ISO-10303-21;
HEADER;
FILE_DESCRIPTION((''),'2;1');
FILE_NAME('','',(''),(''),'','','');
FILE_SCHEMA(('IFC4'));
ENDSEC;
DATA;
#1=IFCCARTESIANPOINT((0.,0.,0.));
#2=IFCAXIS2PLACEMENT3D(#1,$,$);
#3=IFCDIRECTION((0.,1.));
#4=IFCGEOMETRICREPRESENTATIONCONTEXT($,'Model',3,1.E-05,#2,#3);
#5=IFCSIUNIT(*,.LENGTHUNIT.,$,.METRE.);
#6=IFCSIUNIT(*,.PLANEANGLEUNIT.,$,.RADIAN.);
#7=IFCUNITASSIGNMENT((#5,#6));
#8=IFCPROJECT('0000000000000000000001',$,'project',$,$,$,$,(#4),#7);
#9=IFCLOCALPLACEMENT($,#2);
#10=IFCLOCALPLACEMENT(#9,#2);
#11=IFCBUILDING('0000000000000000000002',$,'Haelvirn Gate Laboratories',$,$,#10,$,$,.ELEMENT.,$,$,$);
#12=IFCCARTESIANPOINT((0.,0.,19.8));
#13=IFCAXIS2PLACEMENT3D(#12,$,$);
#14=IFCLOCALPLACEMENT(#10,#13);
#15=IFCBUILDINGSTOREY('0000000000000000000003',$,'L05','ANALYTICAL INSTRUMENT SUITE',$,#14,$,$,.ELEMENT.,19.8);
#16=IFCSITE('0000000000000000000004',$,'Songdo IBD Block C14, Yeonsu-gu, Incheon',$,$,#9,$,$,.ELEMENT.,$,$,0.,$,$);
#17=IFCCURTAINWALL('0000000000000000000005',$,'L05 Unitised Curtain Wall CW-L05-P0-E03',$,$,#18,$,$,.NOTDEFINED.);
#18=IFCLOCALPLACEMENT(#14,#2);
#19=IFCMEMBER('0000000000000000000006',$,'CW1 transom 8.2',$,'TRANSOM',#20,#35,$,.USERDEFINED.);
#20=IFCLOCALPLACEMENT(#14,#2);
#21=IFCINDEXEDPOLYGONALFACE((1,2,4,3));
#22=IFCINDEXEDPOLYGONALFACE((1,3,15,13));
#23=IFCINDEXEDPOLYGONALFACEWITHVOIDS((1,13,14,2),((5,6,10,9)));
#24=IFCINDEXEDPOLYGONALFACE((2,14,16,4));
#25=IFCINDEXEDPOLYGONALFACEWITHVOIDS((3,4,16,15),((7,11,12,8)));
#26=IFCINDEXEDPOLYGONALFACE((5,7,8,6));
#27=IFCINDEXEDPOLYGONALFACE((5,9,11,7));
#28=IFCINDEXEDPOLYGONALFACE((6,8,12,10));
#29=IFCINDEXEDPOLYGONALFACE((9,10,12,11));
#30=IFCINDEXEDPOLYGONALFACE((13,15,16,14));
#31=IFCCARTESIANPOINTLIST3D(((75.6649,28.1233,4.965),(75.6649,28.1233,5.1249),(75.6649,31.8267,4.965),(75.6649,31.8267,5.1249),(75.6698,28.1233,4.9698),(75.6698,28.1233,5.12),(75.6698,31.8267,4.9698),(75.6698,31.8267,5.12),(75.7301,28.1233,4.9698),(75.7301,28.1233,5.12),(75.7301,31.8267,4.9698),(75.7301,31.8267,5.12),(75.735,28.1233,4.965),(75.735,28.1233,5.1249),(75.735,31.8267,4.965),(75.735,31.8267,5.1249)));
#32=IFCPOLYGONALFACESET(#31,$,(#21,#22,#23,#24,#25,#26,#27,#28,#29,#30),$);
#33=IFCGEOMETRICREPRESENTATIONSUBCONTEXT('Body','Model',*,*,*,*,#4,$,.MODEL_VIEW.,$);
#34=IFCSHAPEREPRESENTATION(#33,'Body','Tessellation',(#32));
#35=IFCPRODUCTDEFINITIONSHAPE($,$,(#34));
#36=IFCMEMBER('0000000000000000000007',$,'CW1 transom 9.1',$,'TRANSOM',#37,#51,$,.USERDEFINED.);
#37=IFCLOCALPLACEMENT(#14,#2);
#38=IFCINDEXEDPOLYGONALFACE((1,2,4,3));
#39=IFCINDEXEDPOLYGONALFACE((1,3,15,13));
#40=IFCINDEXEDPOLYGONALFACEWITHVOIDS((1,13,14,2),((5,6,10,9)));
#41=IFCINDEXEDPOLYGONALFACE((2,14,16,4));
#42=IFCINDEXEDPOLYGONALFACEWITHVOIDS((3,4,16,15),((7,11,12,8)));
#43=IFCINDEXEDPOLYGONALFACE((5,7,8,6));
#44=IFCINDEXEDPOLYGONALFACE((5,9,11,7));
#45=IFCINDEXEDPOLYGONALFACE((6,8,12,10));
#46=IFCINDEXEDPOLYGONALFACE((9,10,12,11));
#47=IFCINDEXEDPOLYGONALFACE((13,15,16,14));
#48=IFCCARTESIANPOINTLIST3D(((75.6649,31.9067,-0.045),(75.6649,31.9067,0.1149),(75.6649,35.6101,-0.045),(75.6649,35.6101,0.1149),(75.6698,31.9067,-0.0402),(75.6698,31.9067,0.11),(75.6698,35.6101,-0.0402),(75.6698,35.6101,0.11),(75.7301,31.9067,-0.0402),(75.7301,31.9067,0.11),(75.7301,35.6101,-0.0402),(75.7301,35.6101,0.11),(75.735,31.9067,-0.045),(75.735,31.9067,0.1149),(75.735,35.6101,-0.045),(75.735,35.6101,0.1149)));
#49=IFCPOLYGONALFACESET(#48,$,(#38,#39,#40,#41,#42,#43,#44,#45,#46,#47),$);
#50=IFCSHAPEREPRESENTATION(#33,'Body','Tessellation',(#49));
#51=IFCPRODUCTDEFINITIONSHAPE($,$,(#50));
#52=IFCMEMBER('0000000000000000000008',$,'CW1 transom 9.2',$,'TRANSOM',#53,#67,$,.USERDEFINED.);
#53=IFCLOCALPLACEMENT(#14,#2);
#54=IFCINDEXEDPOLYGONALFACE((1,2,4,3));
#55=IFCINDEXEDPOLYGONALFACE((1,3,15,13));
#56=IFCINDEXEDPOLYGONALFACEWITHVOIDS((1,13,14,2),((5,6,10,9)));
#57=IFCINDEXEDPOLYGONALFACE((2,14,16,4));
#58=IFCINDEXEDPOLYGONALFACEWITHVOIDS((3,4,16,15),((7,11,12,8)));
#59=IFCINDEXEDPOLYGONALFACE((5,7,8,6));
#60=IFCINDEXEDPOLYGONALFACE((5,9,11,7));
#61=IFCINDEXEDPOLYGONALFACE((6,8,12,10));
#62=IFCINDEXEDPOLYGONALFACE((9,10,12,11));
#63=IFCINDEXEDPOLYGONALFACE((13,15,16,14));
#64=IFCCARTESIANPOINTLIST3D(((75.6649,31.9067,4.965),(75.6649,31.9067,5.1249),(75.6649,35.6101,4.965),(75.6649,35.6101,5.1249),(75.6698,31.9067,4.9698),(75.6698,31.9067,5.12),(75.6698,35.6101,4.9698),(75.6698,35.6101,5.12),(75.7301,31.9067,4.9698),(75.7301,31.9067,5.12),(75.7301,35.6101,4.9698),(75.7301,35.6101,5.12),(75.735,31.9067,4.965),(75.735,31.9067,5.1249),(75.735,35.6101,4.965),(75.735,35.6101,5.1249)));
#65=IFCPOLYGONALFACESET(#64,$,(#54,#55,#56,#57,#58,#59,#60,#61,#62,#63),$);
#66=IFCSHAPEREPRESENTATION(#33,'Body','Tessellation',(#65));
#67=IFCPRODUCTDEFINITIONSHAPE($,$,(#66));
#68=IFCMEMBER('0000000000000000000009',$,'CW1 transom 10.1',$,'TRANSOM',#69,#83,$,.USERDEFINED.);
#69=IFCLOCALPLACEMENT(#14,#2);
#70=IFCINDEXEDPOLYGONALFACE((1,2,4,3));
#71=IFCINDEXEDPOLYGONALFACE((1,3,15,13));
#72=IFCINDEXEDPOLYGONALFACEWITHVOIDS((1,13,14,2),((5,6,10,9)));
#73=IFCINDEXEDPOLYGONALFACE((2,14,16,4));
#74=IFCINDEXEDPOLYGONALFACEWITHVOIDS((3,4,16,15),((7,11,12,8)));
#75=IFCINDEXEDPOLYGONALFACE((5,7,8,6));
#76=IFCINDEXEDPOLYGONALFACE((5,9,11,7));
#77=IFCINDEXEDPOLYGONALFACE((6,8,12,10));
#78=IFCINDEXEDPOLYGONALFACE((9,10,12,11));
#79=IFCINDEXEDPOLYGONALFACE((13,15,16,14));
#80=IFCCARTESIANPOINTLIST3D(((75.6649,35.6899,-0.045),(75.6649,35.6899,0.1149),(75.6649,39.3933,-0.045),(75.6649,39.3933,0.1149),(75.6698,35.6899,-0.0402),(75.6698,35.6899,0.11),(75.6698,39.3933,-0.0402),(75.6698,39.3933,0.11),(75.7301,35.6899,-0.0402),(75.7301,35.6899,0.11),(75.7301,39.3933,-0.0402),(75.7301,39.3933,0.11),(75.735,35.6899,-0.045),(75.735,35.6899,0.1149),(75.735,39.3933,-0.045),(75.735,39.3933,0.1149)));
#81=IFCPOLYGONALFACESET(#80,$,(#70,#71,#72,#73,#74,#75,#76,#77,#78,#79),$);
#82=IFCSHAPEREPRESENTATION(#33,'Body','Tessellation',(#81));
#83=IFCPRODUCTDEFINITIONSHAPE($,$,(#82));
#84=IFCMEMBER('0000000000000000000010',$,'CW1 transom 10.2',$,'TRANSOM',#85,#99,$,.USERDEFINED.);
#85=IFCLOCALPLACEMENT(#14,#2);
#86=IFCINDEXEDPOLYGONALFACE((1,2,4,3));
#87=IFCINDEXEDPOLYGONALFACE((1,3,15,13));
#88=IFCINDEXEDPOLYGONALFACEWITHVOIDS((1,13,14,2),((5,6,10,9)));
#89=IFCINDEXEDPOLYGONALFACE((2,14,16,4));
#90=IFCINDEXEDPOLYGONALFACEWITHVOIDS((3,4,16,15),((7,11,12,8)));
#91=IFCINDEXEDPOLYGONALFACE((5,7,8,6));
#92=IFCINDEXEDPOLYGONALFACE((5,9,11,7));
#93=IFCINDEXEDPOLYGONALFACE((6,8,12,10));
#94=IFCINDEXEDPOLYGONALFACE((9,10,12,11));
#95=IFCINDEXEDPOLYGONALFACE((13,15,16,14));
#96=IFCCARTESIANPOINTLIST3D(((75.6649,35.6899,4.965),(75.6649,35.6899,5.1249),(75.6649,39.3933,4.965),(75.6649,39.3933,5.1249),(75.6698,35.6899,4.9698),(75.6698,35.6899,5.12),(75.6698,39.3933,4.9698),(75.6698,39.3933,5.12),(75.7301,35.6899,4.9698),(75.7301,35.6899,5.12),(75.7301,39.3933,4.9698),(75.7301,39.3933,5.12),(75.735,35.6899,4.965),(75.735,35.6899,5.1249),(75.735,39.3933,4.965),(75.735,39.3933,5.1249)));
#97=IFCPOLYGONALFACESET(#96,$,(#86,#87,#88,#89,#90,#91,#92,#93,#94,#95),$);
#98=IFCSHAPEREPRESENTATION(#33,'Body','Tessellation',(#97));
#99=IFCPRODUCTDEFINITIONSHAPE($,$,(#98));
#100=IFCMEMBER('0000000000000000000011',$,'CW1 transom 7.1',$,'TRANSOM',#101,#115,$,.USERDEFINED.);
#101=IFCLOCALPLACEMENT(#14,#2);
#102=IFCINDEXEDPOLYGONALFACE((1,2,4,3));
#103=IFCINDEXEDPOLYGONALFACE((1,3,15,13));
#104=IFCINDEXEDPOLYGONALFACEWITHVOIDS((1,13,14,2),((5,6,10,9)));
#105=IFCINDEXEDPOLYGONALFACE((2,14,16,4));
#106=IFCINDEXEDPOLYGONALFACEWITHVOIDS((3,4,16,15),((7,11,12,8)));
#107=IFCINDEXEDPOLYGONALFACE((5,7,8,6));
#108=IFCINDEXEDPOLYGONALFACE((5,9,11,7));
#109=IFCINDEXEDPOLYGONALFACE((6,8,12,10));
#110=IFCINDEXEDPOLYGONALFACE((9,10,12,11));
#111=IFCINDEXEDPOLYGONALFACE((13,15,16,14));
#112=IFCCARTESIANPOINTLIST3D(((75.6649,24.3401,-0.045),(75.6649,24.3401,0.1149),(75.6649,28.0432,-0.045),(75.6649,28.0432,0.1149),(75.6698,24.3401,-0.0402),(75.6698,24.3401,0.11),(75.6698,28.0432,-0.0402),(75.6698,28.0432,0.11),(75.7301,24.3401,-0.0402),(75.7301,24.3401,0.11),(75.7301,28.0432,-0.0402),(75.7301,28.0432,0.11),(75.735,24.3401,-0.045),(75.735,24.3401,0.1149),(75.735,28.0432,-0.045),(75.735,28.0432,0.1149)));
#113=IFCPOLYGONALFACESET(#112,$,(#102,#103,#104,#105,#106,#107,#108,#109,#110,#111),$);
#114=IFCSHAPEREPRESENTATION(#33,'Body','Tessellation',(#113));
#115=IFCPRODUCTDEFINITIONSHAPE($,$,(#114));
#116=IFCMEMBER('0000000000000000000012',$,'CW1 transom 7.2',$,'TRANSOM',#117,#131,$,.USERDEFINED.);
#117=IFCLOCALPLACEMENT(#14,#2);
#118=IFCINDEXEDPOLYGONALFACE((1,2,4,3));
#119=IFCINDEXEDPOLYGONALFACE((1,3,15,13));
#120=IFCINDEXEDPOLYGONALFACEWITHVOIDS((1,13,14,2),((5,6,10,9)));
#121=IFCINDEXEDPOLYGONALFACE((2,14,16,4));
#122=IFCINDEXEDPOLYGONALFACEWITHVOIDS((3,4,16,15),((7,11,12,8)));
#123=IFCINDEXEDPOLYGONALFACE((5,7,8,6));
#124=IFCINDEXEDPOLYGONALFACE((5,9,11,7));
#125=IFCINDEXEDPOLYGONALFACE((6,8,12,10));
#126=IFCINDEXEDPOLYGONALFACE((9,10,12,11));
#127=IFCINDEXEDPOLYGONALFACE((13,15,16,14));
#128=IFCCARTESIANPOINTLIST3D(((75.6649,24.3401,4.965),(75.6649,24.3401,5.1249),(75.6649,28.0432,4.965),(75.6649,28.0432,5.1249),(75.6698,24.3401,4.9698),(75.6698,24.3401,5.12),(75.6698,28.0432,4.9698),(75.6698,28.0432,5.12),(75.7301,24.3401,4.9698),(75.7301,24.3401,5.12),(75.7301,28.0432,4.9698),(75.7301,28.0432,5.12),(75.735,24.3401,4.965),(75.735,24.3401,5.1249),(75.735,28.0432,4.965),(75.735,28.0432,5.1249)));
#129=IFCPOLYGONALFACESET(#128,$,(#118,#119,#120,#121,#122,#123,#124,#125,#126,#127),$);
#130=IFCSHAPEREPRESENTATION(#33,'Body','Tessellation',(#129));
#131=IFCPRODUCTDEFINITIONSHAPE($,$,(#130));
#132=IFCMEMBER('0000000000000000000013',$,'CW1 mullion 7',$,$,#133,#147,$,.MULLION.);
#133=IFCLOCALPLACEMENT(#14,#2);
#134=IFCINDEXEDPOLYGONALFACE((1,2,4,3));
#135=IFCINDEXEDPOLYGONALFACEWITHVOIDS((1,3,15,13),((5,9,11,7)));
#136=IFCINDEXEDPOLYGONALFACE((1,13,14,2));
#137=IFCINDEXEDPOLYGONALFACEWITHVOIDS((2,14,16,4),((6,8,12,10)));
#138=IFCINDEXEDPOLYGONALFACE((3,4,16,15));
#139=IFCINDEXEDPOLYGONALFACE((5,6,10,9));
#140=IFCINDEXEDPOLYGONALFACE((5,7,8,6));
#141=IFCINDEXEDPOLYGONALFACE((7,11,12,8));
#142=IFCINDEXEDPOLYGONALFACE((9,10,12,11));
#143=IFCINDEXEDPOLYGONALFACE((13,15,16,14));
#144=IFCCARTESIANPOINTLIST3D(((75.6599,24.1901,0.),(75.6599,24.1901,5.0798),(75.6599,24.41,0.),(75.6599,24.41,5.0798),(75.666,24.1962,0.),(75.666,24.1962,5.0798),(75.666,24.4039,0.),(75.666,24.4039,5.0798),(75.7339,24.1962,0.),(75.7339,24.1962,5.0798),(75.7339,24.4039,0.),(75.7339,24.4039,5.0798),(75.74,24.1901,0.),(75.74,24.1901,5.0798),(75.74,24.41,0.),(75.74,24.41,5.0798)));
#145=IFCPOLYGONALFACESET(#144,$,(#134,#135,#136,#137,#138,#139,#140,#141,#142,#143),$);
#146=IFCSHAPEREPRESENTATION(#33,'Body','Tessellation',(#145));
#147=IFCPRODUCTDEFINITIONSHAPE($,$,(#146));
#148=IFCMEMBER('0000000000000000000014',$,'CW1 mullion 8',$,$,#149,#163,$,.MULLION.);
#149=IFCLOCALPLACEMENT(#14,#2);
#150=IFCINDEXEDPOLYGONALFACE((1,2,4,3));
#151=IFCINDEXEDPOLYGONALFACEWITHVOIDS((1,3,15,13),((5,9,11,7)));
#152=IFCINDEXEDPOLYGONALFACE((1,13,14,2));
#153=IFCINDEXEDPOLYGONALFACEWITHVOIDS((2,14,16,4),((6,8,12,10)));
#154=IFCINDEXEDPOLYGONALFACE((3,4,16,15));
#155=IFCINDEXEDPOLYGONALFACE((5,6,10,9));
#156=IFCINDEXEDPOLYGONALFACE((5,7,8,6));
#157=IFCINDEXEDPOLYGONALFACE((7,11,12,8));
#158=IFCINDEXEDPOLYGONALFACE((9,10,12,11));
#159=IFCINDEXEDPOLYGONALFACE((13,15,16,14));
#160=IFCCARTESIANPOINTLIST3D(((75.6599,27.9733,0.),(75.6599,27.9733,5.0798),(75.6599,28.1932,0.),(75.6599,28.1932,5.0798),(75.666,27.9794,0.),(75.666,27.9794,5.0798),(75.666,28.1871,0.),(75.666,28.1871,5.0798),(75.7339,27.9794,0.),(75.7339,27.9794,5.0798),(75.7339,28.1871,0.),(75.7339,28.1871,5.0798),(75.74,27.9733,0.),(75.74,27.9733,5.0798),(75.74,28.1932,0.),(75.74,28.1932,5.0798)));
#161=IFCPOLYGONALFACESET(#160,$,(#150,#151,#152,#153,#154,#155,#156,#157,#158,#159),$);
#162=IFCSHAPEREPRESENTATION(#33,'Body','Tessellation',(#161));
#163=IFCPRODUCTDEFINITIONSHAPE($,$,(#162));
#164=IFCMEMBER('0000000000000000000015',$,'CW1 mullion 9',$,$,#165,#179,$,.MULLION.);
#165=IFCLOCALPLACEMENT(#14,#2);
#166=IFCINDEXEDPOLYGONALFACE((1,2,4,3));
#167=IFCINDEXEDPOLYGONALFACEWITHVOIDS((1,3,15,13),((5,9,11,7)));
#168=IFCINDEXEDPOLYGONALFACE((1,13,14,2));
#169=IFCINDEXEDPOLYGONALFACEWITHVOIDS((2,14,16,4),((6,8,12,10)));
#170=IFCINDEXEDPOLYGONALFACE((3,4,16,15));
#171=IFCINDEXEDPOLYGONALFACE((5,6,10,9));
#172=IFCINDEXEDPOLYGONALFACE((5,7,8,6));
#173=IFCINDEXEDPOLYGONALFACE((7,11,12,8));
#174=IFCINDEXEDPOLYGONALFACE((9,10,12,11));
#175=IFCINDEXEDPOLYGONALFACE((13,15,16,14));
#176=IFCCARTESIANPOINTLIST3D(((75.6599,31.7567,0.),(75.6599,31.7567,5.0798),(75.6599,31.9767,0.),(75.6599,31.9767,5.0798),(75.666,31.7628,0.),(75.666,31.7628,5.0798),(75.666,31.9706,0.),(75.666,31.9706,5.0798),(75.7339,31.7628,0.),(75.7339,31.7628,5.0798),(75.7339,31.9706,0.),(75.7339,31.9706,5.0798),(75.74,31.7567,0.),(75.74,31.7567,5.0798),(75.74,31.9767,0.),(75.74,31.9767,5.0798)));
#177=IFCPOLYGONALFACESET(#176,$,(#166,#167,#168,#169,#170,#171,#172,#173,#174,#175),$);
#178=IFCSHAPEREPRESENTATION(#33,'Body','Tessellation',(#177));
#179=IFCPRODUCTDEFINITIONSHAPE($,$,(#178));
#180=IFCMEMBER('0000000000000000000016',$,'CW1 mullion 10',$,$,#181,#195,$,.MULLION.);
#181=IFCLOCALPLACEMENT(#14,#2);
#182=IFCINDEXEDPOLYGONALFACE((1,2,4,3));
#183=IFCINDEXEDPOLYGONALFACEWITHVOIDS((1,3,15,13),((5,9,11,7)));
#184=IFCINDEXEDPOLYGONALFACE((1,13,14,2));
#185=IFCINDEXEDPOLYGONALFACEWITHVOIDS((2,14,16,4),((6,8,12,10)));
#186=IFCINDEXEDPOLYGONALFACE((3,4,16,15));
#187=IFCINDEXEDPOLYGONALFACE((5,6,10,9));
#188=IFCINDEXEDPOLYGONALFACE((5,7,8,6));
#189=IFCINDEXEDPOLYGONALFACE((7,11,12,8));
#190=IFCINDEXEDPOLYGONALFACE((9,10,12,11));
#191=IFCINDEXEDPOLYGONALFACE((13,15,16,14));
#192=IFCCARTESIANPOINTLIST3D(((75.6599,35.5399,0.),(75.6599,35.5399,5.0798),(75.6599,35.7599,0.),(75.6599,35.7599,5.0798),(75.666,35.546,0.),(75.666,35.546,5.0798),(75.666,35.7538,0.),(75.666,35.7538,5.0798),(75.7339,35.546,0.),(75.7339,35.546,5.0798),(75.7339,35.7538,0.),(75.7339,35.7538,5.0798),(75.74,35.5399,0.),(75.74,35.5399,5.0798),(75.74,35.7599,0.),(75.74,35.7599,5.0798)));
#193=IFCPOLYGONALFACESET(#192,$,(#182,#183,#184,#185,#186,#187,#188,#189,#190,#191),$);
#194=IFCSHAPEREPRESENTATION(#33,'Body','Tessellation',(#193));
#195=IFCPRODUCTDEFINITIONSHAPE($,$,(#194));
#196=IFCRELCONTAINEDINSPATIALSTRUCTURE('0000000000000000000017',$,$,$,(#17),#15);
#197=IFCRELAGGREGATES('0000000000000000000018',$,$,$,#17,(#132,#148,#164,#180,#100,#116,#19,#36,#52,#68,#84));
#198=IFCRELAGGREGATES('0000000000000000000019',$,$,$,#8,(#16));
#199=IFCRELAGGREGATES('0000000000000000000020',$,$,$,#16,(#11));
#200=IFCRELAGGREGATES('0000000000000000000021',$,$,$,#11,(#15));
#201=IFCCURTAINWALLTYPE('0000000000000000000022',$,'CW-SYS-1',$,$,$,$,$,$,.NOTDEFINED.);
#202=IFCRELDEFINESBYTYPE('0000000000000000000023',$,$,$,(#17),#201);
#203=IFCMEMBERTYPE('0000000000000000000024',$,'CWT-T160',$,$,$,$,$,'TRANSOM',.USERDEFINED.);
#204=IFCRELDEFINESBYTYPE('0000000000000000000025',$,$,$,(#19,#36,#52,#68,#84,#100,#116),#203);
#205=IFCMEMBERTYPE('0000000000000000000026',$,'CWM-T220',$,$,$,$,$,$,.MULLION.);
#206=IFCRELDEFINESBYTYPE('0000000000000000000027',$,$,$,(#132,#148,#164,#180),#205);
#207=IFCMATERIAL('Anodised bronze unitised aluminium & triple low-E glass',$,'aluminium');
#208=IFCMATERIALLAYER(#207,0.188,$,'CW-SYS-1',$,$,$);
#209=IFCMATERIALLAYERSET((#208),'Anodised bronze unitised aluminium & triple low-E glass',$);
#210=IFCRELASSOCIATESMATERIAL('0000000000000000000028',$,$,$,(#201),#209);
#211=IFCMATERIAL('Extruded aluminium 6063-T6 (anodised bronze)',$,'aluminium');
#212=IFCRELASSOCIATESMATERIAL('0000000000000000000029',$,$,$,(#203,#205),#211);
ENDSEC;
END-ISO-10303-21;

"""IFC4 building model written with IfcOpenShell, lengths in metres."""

from ifc_helpers import new_model, si_unit, direction, frame, origin, origin_2d, place, context, subcontext, project, spatial, hollow_rectangle, extrude, source, transform, mapped, material, layer, layer_set, material_profile, profile_set, type_object, type_shapes, element, aggregate, save


model = new_model("IFC4")

# Units and contexts
model_context = context("Model", 3, precision=1e-05, world=origin(), true_north=direction((0.0, 1.0)))
body_context = subcontext(model_context, "Body", "Model", "MODEL_VIEW")
ifc_project = project(units=[si_unit("LENGTHUNIT", "METRE"), si_unit("PLANEANGLEUNIT", "RADIAN")], contexts=[model_context])

# Site, building, storey
site_placement = place(None, origin())
site = spatial("IfcSite", under=ifc_project, at=site_placement, Name="Songdo IBD Block C14, Yeonsu-gu, Incheon", CompositionType="ELEMENT", RefElevation=0.0)
building_placement = place(site_placement, origin())
building = spatial("IfcBuilding", under=site, at=building_placement, Name="Haelvirn Gate Laboratories", CompositionType="ELEMENT")
storey_placement = place(building_placement, frame((0.0, 0.0, 19.8)))
storey = spatial("IfcBuildingStorey", under=building, at=storey_placement, Name="L05", Description="ANALYTICAL INSTRUMENT SUITE", CompositionType="ELEMENT", Elevation=19.8)

# Curtain wall, members
ifc_material_1 = material(Name="Anodised bronze unitised aluminium & triple low-E glass", Category="aluminium")
ifc_layer_1 = layer(ifc_material_1, 0.188, Name="CW-SYS-1")
ifc_layer_set_1 = layer_set([ifc_layer_1], Name="Anodised bronze unitised aluminium & triple low-E glass")
curtain_wall_type = type_object("IfcCurtainWallType", Name="CW-SYS-1", PredefinedType="NOTDEFINED", material=ifc_layer_set_1)
curtain_wall_placement = place(storey_placement, origin())
curtain_wall = element("IfcCurtainWall", 1, at=curtain_wall_placement, inside=storey, type_object=curtain_wall_type, Name="L05 Unitised Curtain Wall CW-L05-P0-E03", PredefinedType="NOTDEFINED")
ifc_material_2 = material(Name="Extruded aluminium 6063-T6 (anodised bronze)", Category="aluminium")
ifc_material_profile_1 = material_profile(ifc_material_2, hollow_rectangle(XDim=0.0701, YDim=0.1599, WallThickness=0.0049, at=origin_2d()), Name="CWT-160x70x5")
ifc_profile_set_1 = profile_set([ifc_material_profile_1], Name="Extruded aluminium 6063-T6 (anodised bronze)")
member_type_1 = type_object("IfcMemberType", Name="CWT-T160", ElementType="TRANSOM", PredefinedType="USERDEFINED", material=ifc_profile_set_1)
shared_shape_1 = source(origin(), body_context, "Body", "SweptSolid", [
    extrude(hollow_rectangle(XDim=0.0701, YDim=0.1599, WallThickness=0.0049, at=origin_2d()), origin(), (0.0, 0.0, 1.0), 3.7034),
])
member_1_placement = place(storey_placement, frame((75.7, 28.1233, 5.0449), z_axis=(0.0, 1.0, 0.0), x_axis=(-1.0, 0.0, 0.0)))
member_1 = element("IfcMember", 2, at=member_1_placement, type_object=member_type_1, Name="CW1 transom 8.2", ObjectType="TRANSOM", PredefinedType="USERDEFINED", context=body_context, shape_type="MappedRepresentation", body=[
    mapped(shared_shape_1, transform((0.0, 0.0, 0.0), scale=1.0)),
])
member_2_placement = place(storey_placement, frame((75.7, 31.9067, 0.0349), z_axis=(0.0, 1.0, 0.0), x_axis=(-1.0, 0.0, 0.0)))
member_2 = element("IfcMember", 3, at=member_2_placement, type_object=member_type_1, Name="CW1 transom 9.1", ObjectType="TRANSOM", PredefinedType="USERDEFINED", context=body_context, shape_type="MappedRepresentation", body=[
    mapped(shared_shape_1, transform((0.0, 0.0, 0.0), scale=1.0)),
])
member_3_placement = place(storey_placement, frame((75.7, 31.9067, 5.0449), z_axis=(0.0, 1.0, 0.0), x_axis=(-1.0, 0.0, 0.0)))
member_3 = element("IfcMember", 4, at=member_3_placement, type_object=member_type_1, Name="CW1 transom 9.2", ObjectType="TRANSOM", PredefinedType="USERDEFINED", context=body_context, shape_type="MappedRepresentation", body=[
    mapped(shared_shape_1, transform((0.0, 0.0, 0.0), scale=1.0)),
])
member_4_placement = place(storey_placement, frame((75.7, 35.6899, 0.0349), z_axis=(0.0, 1.0, 0.0), x_axis=(-1.0, 0.0, 0.0)))
member_4 = element("IfcMember", 5, at=member_4_placement, type_object=member_type_1, Name="CW1 transom 10.1", ObjectType="TRANSOM", PredefinedType="USERDEFINED", context=body_context, shape_type="MappedRepresentation", body=[
    mapped(shared_shape_1, transform((0.0, 0.0, 0.0), scale=1.0)),
])
member_5_placement = place(storey_placement, frame((75.7, 35.6899, 5.0449), z_axis=(0.0, 1.0, 0.0), x_axis=(-1.0, 0.0, 0.0)))
member_5 = element("IfcMember", 6, at=member_5_placement, type_object=member_type_1, Name="CW1 transom 10.2", ObjectType="TRANSOM", PredefinedType="USERDEFINED", context=body_context, shape_type="MappedRepresentation", body=[
    mapped(shared_shape_1, transform((0.0, 0.0, 0.0), scale=1.0)),
])
shared_shape_2 = source(origin(), body_context, "Body", "SweptSolid", [
    extrude(hollow_rectangle(XDim=0.0701, YDim=0.1599, WallThickness=0.0049, at=origin_2d()), origin(), (0.0, 0.0, 1.0), 3.7031),
])
type_shapes(member_type_1, [shared_shape_1, shared_shape_2])
member_6_placement = place(storey_placement, frame((75.7, 24.3401, 0.0349), z_axis=(0.0, 1.0, 0.0), x_axis=(-1.0, 0.0, 0.0)))
member_6 = element("IfcMember", 7, at=member_6_placement, type_object=member_type_1, Name="CW1 transom 7.1", ObjectType="TRANSOM", PredefinedType="USERDEFINED", context=body_context, shape_type="MappedRepresentation", body=[
    mapped(shared_shape_2, transform((0.0, 0.0, 0.0), scale=1.0)),
])
member_7_placement = place(storey_placement, frame((75.7, 24.3401, 5.0449), z_axis=(0.0, 1.0, 0.0), x_axis=(-1.0, 0.0, 0.0)))
member_7 = element("IfcMember", 8, at=member_7_placement, type_object=member_type_1, Name="CW1 transom 7.2", ObjectType="TRANSOM", PredefinedType="USERDEFINED", context=body_context, shape_type="MappedRepresentation", body=[
    mapped(shared_shape_2, transform((0.0, 0.0, 0.0), scale=1.0)),
])
ifc_material_profile_2 = material_profile(ifc_material_2, hollow_rectangle(XDim=0.0801, YDim=0.22, WallThickness=0.0061, at=origin_2d()), Name="CWM-220x80x6")
ifc_profile_set_2 = profile_set([ifc_material_profile_2], Name="Extruded aluminium 6063-T6 (anodised bronze)")
member_type_2 = type_object("IfcMemberType", Name="CWM-T220", PredefinedType="MULLION", material=ifc_profile_set_2)
shared_shape_3 = source(origin(), body_context, "Body", "SweptSolid", [
    extrude(hollow_rectangle(XDim=0.0801, YDim=0.22, WallThickness=0.0061, at=origin_2d()), origin(), (0.0, 0.0, 1.0), 5.0798),
])
type_shapes(member_type_2, [shared_shape_3])
member_8_placement = place(storey_placement, frame((75.7, 24.3, 0.0), z_axis=(0.0, 0.0, 1.0), x_axis=(-1.0, 0.0, 0.0)))
member_8 = element("IfcMember", 9, at=member_8_placement, type_object=member_type_2, Name="CW1 mullion 7", PredefinedType="MULLION", context=body_context, shape_type="MappedRepresentation", body=[
    mapped(shared_shape_3, transform((0.0, 0.0, 0.0), scale=1.0)),
])
member_9_placement = place(storey_placement, frame((75.7, 28.0833, 0.0), z_axis=(0.0, 0.0, 1.0), x_axis=(-1.0, 0.0, 0.0)))
member_9 = element("IfcMember", 10, at=member_9_placement, type_object=member_type_2, Name="CW1 mullion 8", PredefinedType="MULLION", context=body_context, shape_type="MappedRepresentation", body=[
    mapped(shared_shape_3, transform((0.0, 0.0, 0.0), scale=1.0)),
])
member_10_placement = place(storey_placement, frame((75.7, 31.8667, 0.0), z_axis=(0.0, 0.0, 1.0), x_axis=(-1.0, 0.0, 0.0)))
member_10 = element("IfcMember", 11, at=member_10_placement, type_object=member_type_2, Name="CW1 mullion 9", PredefinedType="MULLION", context=body_context, shape_type="MappedRepresentation", body=[
    mapped(shared_shape_3, transform((0.0, 0.0, 0.0), scale=1.0)),
])
member_11_placement = place(storey_placement, frame((75.7, 35.6499, 0.0), z_axis=(0.0, 0.0, 1.0), x_axis=(-1.0, 0.0, 0.0)))
member_11 = element("IfcMember", 12, at=member_11_placement, type_object=member_type_2, Name="CW1 mullion 10", PredefinedType="MULLION", context=body_context, shape_type="MappedRepresentation", body=[
    mapped(shared_shape_3, transform((0.0, 0.0, 0.0), scale=1.0)),
])
aggregate(curtain_wall, [member_8, member_9, member_10, member_11, member_6, member_7, member_1, member_2, member_3, member_4, member_5])

save(model, "model.ifc")
